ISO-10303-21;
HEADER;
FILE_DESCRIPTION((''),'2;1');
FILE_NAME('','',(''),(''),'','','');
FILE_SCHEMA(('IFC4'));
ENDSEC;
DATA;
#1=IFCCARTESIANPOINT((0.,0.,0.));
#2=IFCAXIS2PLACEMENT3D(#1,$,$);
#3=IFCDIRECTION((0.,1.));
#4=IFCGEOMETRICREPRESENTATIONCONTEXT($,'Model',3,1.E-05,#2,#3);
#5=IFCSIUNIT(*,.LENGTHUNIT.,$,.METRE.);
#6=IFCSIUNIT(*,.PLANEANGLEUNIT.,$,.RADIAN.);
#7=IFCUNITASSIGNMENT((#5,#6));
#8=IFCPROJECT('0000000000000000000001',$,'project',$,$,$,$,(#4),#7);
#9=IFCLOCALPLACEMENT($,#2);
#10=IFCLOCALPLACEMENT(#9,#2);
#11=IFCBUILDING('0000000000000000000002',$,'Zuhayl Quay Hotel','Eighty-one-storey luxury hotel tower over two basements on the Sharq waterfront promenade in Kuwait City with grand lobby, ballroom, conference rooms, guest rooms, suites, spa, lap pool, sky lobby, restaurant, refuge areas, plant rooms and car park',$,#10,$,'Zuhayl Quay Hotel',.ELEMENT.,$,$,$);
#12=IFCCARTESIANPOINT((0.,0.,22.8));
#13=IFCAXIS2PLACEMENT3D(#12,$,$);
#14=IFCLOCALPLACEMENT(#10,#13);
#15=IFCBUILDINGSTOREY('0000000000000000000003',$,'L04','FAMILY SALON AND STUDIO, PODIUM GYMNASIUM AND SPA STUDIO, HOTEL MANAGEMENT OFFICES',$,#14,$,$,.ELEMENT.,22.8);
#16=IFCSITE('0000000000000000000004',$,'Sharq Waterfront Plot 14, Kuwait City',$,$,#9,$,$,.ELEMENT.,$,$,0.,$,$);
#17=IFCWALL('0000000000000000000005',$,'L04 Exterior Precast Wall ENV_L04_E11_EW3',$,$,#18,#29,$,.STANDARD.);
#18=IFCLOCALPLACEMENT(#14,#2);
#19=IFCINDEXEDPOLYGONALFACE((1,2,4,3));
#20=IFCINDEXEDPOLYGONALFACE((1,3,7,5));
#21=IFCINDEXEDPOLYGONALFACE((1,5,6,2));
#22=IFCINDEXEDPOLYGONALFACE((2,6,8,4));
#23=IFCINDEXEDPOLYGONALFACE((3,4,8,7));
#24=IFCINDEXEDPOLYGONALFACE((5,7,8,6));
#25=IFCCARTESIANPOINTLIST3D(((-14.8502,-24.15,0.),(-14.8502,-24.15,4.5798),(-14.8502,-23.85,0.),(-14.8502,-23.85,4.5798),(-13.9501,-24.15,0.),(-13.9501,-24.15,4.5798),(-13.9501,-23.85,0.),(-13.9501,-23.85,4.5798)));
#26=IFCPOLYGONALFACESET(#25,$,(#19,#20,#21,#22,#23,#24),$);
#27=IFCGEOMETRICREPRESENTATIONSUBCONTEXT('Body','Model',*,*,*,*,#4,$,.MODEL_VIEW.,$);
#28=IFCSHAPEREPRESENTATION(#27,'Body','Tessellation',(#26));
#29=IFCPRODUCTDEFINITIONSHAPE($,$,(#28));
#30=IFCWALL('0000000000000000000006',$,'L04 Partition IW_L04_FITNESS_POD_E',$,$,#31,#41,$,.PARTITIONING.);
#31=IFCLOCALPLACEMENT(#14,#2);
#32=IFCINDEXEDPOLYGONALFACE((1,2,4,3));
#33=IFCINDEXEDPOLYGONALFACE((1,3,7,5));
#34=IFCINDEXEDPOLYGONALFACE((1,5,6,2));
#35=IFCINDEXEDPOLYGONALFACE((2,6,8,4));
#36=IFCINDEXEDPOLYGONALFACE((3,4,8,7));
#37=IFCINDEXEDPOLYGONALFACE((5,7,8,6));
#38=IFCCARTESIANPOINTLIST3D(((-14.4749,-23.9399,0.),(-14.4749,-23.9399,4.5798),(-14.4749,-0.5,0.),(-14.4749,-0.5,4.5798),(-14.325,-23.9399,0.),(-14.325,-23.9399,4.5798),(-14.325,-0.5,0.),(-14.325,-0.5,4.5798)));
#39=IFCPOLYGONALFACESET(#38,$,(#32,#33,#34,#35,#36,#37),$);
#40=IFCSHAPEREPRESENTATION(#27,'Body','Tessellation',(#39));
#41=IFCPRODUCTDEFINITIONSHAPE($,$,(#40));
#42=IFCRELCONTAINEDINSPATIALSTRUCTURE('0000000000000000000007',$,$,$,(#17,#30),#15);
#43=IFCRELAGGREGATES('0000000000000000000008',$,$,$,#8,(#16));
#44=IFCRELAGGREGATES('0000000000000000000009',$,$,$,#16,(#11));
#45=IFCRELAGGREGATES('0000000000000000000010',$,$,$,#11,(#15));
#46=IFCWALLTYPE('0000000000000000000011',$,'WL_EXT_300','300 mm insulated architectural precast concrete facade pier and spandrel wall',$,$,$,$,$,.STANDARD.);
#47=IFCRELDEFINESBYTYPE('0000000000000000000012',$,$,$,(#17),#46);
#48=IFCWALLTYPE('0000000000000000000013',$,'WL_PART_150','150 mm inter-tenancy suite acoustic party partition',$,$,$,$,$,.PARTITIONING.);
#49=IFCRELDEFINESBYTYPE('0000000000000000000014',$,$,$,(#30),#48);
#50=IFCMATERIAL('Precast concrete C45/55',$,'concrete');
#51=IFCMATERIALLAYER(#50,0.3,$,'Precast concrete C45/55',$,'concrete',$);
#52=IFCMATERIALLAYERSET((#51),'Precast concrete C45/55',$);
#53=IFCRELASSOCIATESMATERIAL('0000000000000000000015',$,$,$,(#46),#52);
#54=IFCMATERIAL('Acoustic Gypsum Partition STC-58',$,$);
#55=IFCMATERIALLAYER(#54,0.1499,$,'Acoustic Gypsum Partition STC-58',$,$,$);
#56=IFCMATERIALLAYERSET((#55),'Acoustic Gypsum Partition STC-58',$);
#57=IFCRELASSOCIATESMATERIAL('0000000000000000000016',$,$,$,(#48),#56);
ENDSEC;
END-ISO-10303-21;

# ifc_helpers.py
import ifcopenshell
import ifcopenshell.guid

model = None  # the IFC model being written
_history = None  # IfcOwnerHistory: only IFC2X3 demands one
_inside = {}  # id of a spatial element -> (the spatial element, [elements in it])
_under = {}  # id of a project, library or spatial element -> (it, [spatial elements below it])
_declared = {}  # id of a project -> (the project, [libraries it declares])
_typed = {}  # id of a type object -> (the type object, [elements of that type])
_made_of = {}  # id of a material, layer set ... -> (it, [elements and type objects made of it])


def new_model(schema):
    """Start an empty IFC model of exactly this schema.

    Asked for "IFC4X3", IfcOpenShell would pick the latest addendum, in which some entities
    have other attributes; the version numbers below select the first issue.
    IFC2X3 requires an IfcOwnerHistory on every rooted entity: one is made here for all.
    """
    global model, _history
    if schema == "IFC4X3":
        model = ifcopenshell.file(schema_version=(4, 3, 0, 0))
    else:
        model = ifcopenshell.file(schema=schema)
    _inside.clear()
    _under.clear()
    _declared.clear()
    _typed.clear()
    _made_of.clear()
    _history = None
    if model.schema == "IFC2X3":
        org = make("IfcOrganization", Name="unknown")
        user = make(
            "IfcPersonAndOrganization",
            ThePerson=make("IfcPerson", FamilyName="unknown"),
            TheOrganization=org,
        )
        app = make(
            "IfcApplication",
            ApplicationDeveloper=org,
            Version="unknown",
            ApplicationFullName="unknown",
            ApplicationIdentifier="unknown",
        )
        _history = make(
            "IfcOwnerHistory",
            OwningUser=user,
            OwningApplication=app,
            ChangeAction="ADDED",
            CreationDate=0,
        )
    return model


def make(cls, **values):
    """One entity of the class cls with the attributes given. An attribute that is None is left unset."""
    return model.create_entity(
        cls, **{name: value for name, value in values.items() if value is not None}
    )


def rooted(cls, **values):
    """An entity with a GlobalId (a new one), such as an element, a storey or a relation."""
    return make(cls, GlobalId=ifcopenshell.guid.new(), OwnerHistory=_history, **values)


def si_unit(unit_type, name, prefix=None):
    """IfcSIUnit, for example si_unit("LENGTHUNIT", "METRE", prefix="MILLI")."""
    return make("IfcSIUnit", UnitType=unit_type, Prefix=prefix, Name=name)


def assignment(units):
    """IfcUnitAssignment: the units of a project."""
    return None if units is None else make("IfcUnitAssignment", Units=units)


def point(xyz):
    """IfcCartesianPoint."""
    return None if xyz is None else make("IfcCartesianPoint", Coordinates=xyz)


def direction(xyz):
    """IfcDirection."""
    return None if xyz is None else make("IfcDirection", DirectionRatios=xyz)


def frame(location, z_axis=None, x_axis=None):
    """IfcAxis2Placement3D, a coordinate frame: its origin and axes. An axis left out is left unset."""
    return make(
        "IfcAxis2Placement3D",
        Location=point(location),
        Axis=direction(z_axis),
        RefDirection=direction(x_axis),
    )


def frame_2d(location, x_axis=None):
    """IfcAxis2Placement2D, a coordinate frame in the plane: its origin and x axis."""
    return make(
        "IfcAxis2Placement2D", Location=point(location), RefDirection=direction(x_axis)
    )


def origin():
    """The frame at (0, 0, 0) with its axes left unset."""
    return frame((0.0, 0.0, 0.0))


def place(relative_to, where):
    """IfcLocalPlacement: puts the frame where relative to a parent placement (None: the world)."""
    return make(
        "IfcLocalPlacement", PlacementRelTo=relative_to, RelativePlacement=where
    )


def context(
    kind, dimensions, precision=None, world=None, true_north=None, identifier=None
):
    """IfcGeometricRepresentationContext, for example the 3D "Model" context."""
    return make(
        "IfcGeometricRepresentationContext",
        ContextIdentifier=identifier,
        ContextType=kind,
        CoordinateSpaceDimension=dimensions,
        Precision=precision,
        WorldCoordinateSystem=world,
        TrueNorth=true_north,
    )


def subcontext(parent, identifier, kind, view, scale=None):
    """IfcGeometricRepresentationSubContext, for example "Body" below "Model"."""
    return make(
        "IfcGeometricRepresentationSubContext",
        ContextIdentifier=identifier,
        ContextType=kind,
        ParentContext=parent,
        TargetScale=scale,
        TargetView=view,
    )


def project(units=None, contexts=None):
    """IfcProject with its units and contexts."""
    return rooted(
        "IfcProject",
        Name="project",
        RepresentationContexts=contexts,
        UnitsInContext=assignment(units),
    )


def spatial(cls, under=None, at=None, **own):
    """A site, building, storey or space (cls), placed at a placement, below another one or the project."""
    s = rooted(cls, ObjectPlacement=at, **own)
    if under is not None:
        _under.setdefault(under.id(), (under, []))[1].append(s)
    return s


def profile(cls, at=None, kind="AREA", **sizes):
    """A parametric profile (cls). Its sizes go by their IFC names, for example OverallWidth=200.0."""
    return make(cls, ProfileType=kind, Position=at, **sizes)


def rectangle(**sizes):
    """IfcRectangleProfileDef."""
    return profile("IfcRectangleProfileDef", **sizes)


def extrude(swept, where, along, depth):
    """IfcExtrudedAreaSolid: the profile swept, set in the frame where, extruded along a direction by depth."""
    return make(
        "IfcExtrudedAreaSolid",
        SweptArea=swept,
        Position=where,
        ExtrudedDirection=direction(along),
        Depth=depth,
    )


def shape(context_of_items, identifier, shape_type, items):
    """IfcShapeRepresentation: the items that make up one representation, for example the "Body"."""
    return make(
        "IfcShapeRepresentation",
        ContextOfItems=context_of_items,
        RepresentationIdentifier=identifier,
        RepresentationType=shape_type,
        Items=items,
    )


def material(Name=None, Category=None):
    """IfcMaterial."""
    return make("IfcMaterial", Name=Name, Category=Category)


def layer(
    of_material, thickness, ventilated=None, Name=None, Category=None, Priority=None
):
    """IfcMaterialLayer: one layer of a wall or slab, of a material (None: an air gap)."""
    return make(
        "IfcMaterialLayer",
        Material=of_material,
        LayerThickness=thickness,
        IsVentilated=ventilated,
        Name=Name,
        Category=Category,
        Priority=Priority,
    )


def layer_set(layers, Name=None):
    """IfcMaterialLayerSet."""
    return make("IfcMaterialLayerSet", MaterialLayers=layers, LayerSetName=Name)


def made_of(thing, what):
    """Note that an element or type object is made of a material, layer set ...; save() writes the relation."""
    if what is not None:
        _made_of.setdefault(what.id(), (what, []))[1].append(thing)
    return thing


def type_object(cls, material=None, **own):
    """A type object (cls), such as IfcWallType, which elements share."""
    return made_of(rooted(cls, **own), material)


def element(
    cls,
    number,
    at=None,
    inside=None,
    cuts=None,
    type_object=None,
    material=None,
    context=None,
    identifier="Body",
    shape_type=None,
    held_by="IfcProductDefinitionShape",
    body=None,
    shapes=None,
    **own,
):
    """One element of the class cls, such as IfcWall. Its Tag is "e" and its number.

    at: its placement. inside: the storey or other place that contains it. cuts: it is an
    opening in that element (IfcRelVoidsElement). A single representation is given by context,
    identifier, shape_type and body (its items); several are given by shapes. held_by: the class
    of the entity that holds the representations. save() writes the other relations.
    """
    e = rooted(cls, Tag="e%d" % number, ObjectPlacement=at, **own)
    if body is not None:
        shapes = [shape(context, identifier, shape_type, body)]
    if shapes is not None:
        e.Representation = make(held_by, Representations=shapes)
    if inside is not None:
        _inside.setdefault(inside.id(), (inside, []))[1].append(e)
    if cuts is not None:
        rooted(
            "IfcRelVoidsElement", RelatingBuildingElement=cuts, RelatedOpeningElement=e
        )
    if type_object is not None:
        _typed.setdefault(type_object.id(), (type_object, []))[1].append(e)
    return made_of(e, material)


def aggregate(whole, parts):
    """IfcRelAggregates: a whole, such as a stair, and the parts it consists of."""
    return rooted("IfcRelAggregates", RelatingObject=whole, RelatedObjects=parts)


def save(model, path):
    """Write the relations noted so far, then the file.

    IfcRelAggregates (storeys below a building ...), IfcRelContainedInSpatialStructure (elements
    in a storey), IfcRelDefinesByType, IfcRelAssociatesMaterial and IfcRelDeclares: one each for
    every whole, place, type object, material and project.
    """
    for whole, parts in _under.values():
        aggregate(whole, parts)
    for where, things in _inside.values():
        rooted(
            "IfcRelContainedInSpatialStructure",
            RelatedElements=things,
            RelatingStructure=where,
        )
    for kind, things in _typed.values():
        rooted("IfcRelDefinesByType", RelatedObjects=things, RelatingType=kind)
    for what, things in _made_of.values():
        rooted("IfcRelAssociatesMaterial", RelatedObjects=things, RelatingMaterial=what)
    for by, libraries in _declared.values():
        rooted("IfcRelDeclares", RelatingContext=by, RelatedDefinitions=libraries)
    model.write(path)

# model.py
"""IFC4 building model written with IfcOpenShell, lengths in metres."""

from ifc_helpers import new_model, si_unit, direction, frame, frame_2d, origin, place, context, subcontext, project, spatial, rectangle, extrude, material, layer, layer_set, type_object, element, save


model = new_model("IFC4")

# Units and contexts
model_context = context("Model", 3, precision=1e-05, world=origin(), true_north=direction((0.0, 1.0)))
body_context = subcontext(model_context, "Body", "Model", "MODEL_VIEW")
ifc_project = project(units=[si_unit("LENGTHUNIT", "METRE"), si_unit("PLANEANGLEUNIT", "RADIAN")], contexts=[model_context])

# Site, building, storey
site_placement = place(None, origin())
site = spatial("IfcSite", under=ifc_project, at=site_placement, Name="Sharq Waterfront Plot 14, Kuwait City", CompositionType="ELEMENT", RefElevation=0.0)
building_placement = place(site_placement, origin())
building = spatial("IfcBuilding", under=site, at=building_placement, Name="Zuhayl Quay Hotel", Description="Eighty-one-storey luxury hotel tower over two basements on the Sharq waterfront promenade in Kuwait City with grand lobby, ballroom, conference rooms, guest rooms, suites, spa, lap pool, sky lobby, restaurant, refuge areas, plant rooms and car park", LongName="Zuhayl Quay Hotel", CompositionType="ELEMENT")
storey_placement = place(building_placement, frame((0.0, 0.0, 22.8)))
storey = spatial("IfcBuildingStorey", under=building, at=storey_placement, Name="L04", Description="FAMILY SALON AND STUDIO, PODIUM GYMNASIUM AND SPA STUDIO, HOTEL MANAGEMENT OFFICES", CompositionType="ELEMENT", Elevation=22.8)

# Walls
ifc_material_1 = material(Name="Precast concrete C45/55", Category="concrete")
ifc_layer_1 = layer(ifc_material_1, 0.3, Name="Precast concrete C45/55", Category="concrete")
ifc_layer_set_1 = layer_set([ifc_layer_1], Name="Precast concrete C45/55")
wall_type_1 = type_object("IfcWallType", Name="WL_EXT_300", Description="300 mm insulated architectural precast concrete facade pier and spandrel wall", PredefinedType="STANDARD", material=ifc_layer_set_1)
wall_1_placement = place(storey_placement, frame((-13.95, -24.0, 0.0), z_axis=(0.0, 0.0, 1.0), x_axis=(-1.0, 0.0, 0.0)))
element("IfcWall", 1, at=wall_1_placement, inside=storey, type_object=wall_type_1, Name="L04 Exterior Precast Wall ENV_L04_E11_EW3", PredefinedType="STANDARD", context=body_context, shape_type="SweptSolid", body=[
    extrude(rectangle(XDim=0.9001, YDim=0.3, at=frame_2d((0.4502, 0.0))), origin(), (0.0, 0.0, 1.0), 4.5798),
])
ifc_material_2 = material(Name="Acoustic Gypsum Partition STC-58")
ifc_layer_2 = layer(ifc_material_2, 0.1499, Name="Acoustic Gypsum Partition STC-58")
ifc_layer_set_2 = layer_set([ifc_layer_2], Name="Acoustic Gypsum Partition STC-58")
wall_type_2 = type_object("IfcWallType", Name="WL_PART_150", Description="150 mm inter-tenancy suite acoustic party partition", PredefinedType="PARTITIONING", material=ifc_layer_set_2)
wall_2_placement = place(storey_placement, frame((-14.3999, -23.9399, 0.0), z_axis=(0.0, 0.0, 1.0), x_axis=(0.0, 1.0, 0.0)))
element("IfcWall", 2, at=wall_2_placement, inside=storey, type_object=wall_type_2, Name="L04 Partition IW_L04_FITNESS_POD_E", PredefinedType="PARTITIONING", context=body_context, shape_type="SweptSolid", body=[
    extrude(rectangle(XDim=23.4399, YDim=0.1499, at=frame_2d((11.72, 0.0))), origin(), (0.0, 0.0, 1.0), 4.5798),
])

save(model, "model.ifc")
